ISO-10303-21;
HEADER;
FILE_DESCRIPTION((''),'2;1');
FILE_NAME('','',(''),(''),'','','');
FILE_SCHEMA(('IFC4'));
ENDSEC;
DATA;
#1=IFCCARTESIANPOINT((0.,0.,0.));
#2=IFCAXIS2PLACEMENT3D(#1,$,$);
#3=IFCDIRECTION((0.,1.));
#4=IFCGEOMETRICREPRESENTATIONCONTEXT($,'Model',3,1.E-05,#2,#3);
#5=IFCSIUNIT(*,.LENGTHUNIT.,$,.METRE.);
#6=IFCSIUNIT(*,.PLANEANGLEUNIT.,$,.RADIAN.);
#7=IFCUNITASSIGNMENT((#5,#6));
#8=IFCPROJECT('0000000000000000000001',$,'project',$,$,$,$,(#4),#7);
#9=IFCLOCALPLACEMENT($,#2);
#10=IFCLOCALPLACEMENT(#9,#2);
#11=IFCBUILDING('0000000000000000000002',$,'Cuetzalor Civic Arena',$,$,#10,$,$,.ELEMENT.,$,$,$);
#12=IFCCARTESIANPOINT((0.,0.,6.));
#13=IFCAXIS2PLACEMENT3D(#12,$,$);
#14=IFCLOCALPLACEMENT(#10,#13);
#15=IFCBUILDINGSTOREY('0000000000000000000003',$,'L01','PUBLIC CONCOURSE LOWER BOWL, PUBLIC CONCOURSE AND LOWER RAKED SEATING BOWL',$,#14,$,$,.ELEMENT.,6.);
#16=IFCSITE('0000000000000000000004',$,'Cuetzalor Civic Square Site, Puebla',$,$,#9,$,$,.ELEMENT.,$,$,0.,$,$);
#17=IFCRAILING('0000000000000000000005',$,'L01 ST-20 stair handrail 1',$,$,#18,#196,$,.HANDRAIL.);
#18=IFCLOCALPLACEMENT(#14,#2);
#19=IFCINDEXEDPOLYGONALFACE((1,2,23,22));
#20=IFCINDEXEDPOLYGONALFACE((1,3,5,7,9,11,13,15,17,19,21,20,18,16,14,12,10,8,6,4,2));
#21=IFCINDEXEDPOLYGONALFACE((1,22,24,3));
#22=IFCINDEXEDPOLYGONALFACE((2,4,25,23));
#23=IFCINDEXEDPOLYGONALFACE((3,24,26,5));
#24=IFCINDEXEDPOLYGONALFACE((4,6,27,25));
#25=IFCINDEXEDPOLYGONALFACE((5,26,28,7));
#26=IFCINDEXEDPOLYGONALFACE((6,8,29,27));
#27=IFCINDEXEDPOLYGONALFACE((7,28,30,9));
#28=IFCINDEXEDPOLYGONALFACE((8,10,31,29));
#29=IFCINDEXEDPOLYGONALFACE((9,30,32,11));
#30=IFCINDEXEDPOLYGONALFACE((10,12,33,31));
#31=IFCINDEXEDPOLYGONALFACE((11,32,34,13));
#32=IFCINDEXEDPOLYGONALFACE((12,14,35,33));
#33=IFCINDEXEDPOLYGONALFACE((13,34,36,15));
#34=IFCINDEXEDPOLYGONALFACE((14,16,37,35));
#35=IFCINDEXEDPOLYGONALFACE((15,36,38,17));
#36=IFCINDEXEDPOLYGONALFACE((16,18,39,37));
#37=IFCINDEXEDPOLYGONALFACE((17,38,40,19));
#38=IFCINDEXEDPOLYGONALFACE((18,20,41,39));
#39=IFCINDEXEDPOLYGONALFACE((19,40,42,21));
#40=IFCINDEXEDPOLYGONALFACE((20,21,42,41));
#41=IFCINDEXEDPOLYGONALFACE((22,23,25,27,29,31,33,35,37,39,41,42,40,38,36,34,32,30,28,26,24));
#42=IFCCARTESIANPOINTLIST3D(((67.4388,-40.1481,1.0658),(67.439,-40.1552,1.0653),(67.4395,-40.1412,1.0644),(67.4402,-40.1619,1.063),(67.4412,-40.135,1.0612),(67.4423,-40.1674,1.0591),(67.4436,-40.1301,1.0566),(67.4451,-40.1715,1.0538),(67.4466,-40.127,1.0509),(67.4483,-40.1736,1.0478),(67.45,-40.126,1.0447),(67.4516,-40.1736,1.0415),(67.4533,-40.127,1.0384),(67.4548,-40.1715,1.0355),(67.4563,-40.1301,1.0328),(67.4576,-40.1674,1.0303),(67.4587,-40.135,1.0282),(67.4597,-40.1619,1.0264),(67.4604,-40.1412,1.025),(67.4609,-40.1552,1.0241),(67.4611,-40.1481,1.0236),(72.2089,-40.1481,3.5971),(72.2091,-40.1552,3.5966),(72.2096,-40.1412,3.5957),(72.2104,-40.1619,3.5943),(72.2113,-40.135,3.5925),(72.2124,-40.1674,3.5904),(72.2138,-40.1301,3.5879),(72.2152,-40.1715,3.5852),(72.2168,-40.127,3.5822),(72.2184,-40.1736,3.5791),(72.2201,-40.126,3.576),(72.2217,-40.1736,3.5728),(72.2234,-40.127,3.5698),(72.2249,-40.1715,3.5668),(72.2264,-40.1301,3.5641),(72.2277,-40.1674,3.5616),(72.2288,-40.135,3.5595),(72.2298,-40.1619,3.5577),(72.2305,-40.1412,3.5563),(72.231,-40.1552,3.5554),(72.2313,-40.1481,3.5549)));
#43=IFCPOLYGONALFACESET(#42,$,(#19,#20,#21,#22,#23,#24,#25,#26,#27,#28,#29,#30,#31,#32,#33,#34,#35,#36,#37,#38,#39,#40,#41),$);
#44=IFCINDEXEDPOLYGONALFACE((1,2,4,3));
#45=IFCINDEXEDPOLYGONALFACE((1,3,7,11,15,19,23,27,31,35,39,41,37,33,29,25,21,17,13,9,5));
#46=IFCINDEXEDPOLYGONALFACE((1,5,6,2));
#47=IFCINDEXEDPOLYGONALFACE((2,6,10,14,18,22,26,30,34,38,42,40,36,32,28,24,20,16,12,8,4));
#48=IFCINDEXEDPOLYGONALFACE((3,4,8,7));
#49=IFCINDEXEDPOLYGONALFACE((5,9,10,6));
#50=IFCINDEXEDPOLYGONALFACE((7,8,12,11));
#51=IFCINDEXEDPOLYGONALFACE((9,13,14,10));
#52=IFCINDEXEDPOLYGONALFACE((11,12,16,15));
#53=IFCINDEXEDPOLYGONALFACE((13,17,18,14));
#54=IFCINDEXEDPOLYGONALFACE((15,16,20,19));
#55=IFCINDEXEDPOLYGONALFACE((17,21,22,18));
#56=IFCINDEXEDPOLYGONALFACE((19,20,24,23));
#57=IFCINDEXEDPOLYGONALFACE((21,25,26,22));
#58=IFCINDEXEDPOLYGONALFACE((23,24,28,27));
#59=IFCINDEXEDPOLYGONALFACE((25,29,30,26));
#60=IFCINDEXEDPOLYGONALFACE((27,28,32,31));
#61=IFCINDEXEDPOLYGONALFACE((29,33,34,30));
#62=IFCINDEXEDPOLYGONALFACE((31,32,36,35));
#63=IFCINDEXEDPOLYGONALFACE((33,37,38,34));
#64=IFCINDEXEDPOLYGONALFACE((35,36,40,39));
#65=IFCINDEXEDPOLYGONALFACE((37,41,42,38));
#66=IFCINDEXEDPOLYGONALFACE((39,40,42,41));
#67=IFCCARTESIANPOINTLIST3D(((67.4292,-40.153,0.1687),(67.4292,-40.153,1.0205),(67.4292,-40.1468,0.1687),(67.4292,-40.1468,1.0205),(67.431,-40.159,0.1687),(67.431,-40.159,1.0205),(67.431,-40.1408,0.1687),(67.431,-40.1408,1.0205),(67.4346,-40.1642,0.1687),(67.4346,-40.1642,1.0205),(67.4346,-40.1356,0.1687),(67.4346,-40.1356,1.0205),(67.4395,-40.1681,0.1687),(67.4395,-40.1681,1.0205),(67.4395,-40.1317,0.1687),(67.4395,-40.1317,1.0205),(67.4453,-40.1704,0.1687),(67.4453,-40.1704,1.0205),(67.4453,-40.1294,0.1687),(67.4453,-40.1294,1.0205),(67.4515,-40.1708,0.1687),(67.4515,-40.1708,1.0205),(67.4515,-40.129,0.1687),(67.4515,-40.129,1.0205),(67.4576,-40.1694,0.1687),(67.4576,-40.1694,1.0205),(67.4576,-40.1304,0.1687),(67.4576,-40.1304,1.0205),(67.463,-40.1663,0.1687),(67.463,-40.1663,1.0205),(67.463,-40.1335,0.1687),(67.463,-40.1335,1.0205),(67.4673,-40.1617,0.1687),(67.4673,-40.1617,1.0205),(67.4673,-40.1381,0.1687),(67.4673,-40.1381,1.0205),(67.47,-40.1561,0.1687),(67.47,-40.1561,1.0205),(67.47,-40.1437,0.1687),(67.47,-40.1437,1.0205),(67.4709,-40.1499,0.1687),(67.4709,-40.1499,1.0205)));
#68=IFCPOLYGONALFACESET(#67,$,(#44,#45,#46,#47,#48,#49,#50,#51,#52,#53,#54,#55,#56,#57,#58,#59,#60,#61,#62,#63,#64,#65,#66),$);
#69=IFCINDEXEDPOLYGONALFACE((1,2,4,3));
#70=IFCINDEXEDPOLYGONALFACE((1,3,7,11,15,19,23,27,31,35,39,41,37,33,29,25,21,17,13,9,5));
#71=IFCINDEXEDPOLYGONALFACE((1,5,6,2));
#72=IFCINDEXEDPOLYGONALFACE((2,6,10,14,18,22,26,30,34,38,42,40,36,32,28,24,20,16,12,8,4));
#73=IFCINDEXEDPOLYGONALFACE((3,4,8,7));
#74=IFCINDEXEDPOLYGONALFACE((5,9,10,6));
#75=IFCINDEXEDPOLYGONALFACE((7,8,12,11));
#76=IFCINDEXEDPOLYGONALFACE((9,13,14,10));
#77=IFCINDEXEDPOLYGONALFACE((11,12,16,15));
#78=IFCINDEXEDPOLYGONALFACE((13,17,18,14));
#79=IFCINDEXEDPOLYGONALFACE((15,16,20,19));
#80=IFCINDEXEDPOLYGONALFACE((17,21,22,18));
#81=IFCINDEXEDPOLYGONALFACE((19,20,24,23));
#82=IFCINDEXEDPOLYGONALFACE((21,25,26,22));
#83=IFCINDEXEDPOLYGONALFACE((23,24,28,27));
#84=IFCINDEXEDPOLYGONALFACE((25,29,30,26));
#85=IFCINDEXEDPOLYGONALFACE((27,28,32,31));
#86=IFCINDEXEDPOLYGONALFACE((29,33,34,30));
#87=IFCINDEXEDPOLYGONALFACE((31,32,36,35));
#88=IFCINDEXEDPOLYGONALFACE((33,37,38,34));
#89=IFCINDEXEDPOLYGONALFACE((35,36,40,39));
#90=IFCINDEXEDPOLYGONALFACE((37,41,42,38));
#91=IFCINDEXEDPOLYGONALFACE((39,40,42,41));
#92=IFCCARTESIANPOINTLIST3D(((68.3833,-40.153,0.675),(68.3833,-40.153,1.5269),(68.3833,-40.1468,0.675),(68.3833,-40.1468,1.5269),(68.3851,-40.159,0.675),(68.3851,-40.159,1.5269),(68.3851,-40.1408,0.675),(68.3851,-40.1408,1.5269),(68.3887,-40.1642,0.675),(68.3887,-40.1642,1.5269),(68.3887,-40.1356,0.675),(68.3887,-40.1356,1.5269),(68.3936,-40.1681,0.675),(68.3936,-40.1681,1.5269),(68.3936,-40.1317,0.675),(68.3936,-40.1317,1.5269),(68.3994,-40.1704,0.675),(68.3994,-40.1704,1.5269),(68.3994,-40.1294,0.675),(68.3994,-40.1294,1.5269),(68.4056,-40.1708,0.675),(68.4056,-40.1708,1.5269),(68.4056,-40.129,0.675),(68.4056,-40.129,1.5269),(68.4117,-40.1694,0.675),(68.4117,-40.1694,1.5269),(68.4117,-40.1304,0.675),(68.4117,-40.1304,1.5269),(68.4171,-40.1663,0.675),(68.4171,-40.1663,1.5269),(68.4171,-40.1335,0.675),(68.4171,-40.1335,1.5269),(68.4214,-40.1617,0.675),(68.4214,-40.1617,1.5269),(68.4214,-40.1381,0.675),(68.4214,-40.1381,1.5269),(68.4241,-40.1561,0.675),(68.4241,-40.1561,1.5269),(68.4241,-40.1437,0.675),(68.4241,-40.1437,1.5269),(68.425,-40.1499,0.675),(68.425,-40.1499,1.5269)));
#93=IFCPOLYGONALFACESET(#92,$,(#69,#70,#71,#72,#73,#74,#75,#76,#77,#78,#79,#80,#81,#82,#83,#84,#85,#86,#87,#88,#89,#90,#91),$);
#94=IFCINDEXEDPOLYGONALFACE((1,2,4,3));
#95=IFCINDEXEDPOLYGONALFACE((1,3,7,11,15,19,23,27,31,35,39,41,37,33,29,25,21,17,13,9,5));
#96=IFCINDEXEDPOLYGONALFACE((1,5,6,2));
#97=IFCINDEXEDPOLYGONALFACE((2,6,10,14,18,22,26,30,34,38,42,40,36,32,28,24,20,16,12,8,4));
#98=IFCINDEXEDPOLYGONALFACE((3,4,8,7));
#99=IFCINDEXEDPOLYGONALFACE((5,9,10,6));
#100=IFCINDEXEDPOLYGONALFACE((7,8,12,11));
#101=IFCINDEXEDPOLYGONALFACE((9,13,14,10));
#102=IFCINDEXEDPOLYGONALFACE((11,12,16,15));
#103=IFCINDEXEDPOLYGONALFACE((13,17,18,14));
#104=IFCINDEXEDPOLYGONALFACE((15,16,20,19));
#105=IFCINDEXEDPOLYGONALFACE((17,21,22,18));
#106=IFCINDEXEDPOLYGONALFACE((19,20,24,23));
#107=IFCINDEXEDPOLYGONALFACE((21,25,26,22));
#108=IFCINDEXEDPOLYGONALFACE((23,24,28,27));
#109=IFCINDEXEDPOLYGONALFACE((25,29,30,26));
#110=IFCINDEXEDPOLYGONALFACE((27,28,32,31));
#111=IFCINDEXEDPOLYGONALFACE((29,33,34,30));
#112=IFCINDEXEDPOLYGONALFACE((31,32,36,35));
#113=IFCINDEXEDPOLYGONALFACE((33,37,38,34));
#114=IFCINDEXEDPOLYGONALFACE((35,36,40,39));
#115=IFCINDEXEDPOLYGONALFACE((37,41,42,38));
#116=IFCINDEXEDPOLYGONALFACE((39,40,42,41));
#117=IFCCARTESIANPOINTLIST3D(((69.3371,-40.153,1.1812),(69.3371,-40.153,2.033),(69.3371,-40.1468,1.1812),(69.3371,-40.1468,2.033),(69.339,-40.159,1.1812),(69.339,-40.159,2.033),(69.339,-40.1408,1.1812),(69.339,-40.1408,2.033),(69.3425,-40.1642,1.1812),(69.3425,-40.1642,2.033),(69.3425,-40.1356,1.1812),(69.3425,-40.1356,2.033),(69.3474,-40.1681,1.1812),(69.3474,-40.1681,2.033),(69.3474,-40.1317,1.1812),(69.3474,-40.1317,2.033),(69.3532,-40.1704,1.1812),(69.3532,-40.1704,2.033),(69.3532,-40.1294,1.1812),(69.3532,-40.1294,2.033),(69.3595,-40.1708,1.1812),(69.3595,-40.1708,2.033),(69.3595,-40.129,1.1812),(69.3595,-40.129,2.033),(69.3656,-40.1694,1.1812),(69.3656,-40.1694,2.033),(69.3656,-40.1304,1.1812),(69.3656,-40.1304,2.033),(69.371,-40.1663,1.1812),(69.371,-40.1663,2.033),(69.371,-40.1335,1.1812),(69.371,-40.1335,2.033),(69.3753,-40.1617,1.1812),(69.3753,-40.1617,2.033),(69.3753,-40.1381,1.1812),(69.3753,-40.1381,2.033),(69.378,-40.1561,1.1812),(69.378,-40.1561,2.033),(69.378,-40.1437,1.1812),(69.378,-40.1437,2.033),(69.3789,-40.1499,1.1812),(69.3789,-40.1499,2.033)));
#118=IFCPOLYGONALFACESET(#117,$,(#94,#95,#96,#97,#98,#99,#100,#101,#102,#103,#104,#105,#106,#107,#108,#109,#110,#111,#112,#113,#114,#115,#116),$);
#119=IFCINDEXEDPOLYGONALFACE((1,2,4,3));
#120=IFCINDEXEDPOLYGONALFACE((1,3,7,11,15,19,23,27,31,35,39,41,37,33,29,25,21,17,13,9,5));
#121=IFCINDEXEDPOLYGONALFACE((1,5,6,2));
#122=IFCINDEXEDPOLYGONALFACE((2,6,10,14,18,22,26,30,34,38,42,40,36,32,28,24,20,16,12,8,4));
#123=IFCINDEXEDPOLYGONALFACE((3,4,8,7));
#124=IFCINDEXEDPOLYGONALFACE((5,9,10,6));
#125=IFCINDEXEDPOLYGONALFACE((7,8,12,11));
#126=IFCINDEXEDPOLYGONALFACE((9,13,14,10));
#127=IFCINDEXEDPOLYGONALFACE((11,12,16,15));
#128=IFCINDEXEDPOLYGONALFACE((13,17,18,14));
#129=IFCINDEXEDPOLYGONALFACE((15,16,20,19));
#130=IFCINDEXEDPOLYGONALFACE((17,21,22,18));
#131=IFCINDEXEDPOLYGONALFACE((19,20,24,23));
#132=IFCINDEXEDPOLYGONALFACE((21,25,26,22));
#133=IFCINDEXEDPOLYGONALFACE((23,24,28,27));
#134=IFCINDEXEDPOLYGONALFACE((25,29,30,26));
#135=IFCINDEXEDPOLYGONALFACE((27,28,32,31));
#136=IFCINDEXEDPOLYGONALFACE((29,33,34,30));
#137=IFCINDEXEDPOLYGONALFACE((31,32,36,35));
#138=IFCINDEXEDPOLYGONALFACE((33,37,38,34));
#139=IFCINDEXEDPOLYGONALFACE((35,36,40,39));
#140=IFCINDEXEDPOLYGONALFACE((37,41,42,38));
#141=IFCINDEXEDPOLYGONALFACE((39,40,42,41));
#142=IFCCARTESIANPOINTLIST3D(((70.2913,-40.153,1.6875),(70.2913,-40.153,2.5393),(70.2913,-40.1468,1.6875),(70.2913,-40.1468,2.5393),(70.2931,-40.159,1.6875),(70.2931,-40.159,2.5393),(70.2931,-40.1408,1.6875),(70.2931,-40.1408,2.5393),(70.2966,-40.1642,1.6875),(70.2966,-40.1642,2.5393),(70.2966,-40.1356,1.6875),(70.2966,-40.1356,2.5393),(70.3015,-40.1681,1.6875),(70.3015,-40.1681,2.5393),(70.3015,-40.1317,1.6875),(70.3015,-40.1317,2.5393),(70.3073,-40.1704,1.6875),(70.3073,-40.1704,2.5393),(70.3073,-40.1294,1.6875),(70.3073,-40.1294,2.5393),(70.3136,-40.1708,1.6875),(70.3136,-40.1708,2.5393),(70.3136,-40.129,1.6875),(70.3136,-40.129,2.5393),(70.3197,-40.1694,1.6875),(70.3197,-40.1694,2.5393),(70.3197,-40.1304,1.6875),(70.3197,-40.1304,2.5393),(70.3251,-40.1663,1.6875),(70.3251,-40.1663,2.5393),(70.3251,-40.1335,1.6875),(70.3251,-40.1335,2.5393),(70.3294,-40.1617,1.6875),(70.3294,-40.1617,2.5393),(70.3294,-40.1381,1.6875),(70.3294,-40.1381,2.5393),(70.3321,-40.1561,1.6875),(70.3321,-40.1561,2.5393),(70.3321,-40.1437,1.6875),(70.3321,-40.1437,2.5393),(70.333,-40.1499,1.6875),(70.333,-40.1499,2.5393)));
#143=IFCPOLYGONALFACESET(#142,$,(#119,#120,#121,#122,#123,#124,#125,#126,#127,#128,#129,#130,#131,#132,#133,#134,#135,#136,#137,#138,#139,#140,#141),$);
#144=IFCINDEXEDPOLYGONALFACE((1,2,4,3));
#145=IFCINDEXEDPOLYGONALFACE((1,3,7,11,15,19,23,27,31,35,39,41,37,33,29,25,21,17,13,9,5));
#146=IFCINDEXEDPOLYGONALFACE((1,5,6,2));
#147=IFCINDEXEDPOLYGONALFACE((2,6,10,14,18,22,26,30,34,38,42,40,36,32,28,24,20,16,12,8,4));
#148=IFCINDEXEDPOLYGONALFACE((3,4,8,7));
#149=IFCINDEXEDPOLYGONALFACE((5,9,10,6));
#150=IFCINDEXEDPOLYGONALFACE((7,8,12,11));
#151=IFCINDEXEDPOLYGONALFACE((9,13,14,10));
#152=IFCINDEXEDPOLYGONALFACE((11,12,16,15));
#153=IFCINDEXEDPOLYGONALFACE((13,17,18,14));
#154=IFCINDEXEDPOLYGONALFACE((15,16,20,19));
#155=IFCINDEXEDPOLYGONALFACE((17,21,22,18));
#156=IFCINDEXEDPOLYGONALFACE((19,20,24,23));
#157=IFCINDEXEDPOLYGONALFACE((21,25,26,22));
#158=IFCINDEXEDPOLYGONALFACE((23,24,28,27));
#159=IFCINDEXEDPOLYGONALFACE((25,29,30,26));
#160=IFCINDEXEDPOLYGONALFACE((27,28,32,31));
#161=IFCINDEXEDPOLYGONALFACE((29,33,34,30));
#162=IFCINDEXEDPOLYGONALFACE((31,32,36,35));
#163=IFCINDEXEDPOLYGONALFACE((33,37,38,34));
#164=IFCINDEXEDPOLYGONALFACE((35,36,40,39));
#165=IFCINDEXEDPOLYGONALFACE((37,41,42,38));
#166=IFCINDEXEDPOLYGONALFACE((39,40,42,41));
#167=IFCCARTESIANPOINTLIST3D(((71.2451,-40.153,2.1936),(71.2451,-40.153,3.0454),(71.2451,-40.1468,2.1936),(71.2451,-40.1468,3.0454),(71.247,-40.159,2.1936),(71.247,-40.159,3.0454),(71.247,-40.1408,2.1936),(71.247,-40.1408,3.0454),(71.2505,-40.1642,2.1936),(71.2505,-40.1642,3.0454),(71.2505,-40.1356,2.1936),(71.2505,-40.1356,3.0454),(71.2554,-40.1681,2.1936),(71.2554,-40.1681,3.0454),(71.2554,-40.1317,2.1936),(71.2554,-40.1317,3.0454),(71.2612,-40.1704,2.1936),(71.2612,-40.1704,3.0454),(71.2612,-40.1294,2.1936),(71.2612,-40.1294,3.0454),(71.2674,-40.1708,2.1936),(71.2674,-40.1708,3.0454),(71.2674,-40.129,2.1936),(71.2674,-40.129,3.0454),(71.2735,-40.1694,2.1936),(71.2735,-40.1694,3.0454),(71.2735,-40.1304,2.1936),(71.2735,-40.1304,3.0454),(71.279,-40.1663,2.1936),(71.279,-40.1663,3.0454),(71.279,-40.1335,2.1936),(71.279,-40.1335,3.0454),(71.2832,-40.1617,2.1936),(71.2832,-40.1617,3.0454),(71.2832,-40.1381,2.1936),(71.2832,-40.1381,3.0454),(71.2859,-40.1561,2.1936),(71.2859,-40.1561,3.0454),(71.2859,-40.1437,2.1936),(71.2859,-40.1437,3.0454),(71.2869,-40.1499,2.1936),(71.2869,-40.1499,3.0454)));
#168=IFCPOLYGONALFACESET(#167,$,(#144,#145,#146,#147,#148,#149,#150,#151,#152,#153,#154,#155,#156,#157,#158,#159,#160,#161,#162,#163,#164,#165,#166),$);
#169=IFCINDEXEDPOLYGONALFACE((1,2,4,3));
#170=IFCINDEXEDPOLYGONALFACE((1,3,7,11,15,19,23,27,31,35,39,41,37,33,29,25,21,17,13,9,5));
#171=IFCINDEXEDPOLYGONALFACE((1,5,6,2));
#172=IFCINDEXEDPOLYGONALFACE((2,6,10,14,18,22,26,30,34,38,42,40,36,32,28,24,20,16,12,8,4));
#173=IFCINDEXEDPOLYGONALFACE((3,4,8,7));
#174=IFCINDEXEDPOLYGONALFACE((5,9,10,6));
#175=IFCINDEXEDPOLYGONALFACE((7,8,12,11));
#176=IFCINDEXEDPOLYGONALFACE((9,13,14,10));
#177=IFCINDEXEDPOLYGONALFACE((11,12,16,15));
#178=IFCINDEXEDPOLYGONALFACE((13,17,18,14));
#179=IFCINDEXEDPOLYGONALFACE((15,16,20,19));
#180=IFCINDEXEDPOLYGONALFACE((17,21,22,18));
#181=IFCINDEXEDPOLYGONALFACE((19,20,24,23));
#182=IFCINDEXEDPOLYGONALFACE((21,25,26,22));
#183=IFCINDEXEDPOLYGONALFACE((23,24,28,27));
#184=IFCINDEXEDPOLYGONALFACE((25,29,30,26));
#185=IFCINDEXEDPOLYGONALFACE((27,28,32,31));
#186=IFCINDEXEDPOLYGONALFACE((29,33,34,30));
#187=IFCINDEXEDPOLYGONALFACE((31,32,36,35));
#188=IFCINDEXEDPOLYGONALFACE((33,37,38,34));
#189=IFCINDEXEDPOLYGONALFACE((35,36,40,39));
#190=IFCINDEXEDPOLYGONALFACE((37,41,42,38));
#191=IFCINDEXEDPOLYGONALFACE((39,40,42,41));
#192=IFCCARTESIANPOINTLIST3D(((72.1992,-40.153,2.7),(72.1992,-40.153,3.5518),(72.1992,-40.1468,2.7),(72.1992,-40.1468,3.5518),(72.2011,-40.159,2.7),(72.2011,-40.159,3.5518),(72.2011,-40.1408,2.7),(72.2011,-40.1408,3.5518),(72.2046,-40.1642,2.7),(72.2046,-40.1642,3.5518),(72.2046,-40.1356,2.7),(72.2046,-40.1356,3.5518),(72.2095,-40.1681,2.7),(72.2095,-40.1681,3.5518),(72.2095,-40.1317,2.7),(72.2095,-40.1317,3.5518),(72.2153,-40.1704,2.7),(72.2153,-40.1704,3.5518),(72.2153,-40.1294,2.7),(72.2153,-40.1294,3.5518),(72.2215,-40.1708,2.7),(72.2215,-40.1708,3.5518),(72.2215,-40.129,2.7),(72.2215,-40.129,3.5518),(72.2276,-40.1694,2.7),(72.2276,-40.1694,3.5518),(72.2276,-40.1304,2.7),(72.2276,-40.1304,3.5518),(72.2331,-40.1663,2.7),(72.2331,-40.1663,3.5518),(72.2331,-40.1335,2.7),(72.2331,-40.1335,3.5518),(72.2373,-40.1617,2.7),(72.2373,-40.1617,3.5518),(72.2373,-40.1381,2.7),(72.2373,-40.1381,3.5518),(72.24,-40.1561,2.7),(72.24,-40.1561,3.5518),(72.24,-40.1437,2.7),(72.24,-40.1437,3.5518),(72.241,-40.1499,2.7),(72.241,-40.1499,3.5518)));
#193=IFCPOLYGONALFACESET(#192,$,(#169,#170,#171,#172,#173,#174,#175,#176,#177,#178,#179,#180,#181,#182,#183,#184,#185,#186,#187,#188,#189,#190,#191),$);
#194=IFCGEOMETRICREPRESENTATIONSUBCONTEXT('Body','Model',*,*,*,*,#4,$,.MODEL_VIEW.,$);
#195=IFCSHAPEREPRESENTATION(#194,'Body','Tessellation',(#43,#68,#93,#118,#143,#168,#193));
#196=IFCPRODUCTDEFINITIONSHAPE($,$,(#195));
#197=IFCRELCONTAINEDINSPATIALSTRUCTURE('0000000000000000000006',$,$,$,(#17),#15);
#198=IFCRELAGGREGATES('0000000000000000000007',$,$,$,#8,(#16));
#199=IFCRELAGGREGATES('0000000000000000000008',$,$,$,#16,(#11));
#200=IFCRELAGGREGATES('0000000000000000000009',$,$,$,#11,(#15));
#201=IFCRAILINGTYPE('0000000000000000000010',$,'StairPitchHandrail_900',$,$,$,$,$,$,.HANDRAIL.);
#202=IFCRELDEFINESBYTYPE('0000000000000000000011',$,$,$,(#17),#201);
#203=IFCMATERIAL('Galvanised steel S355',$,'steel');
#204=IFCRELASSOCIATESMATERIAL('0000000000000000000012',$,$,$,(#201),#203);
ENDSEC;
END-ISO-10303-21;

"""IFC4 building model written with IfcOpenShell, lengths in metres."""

from ifc_helpers import new_model, si_unit, direction, frame, origin, origin_2d, place, context, subcontext, project, spatial, circle, extrude, material, type_object, element, save


model = new_model("IFC4")

# Units and contexts
model_context = context("Model", 3, precision=1e-05, world=origin(), true_north=direction((0.0, 1.0)))
body_context = subcontext(model_context, "Body", "Model", "MODEL_VIEW")
ifc_project = project(units=[si_unit("LENGTHUNIT", "METRE"), si_unit("PLANEANGLEUNIT", "RADIAN")], contexts=[model_context])

# Site, building, storey
site_placement = place(None, origin())
site = spatial("IfcSite", under=ifc_project, at=site_placement, Name="Cuetzalor Civic Square Site, Puebla", CompositionType="ELEMENT", RefElevation=0.0)
building_placement = place(site_placement, origin())
building = spatial("IfcBuilding", under=site, at=building_placement, Name="Cuetzalor Civic Arena", CompositionType="ELEMENT")
storey_placement = place(building_placement, frame((0.0, 0.0, 6.0)))
storey = spatial("IfcBuildingStorey", under=building, at=storey_placement, Name="L01", Description="PUBLIC CONCOURSE LOWER BOWL, PUBLIC CONCOURSE AND LOWER RAKED SEATING BOWL", CompositionType="ELEMENT", Elevation=6.0)

# Railing
ifc_material_1 = material(Name="Galvanised steel S355", Category="steel")
railing_type_1 = type_object("IfcRailingType", Name="StairPitchHandrail_900", PredefinedType="HANDRAIL", material=ifc_material_1)
railing_1_placement = place(storey_placement, frame((67.45, -40.1499, 0.1687)))
element("IfcRailing", 1, at=railing_1_placement, inside=storey, type_object=railing_type_1, Name="L01 ST-20 stair handrail 1", PredefinedType="HANDRAIL", context=body_context, shape_type="SweptSolid", body=[
    extrude(circle(Radius=0.0239, at=origin_2d()), frame((0.0, 0.0, 0.876), z_axis=(0.883332, 0.0, 0.468747), x_axis=(0.0, 1.0, 0.0)), (0.0, 0.0, 1.0), 5.4001),
    extrude(circle(Radius=0.021, at=origin_2d()), origin(), (0.0, 0.0, 1.0), 0.8518),
    extrude(circle(Radius=0.021, at=origin_2d()), frame((0.9541, 0.0, 0.5063)), (0.0, 0.0, 1.0), 0.8518),
    extrude(circle(Radius=0.021, at=origin_2d()), frame((1.908, 0.0, 1.0125)), (0.0, 0.0, 1.0), 0.8518),
    extrude(circle(Radius=0.021, at=origin_2d()), frame((2.8621, 0.0, 1.5188)), (0.0, 0.0, 1.0), 0.8518),
    extrude(circle(Radius=0.021, at=origin_2d()), frame((3.8159, 0.0, 2.0249)), (0.0, 0.0, 1.0), 0.8518),
    extrude(circle(Radius=0.021, at=origin_2d()), frame((4.77, 0.0, 2.5312)), (0.0, 0.0, 1.0), 0.8518),
])

save(model, "model.ifc")
